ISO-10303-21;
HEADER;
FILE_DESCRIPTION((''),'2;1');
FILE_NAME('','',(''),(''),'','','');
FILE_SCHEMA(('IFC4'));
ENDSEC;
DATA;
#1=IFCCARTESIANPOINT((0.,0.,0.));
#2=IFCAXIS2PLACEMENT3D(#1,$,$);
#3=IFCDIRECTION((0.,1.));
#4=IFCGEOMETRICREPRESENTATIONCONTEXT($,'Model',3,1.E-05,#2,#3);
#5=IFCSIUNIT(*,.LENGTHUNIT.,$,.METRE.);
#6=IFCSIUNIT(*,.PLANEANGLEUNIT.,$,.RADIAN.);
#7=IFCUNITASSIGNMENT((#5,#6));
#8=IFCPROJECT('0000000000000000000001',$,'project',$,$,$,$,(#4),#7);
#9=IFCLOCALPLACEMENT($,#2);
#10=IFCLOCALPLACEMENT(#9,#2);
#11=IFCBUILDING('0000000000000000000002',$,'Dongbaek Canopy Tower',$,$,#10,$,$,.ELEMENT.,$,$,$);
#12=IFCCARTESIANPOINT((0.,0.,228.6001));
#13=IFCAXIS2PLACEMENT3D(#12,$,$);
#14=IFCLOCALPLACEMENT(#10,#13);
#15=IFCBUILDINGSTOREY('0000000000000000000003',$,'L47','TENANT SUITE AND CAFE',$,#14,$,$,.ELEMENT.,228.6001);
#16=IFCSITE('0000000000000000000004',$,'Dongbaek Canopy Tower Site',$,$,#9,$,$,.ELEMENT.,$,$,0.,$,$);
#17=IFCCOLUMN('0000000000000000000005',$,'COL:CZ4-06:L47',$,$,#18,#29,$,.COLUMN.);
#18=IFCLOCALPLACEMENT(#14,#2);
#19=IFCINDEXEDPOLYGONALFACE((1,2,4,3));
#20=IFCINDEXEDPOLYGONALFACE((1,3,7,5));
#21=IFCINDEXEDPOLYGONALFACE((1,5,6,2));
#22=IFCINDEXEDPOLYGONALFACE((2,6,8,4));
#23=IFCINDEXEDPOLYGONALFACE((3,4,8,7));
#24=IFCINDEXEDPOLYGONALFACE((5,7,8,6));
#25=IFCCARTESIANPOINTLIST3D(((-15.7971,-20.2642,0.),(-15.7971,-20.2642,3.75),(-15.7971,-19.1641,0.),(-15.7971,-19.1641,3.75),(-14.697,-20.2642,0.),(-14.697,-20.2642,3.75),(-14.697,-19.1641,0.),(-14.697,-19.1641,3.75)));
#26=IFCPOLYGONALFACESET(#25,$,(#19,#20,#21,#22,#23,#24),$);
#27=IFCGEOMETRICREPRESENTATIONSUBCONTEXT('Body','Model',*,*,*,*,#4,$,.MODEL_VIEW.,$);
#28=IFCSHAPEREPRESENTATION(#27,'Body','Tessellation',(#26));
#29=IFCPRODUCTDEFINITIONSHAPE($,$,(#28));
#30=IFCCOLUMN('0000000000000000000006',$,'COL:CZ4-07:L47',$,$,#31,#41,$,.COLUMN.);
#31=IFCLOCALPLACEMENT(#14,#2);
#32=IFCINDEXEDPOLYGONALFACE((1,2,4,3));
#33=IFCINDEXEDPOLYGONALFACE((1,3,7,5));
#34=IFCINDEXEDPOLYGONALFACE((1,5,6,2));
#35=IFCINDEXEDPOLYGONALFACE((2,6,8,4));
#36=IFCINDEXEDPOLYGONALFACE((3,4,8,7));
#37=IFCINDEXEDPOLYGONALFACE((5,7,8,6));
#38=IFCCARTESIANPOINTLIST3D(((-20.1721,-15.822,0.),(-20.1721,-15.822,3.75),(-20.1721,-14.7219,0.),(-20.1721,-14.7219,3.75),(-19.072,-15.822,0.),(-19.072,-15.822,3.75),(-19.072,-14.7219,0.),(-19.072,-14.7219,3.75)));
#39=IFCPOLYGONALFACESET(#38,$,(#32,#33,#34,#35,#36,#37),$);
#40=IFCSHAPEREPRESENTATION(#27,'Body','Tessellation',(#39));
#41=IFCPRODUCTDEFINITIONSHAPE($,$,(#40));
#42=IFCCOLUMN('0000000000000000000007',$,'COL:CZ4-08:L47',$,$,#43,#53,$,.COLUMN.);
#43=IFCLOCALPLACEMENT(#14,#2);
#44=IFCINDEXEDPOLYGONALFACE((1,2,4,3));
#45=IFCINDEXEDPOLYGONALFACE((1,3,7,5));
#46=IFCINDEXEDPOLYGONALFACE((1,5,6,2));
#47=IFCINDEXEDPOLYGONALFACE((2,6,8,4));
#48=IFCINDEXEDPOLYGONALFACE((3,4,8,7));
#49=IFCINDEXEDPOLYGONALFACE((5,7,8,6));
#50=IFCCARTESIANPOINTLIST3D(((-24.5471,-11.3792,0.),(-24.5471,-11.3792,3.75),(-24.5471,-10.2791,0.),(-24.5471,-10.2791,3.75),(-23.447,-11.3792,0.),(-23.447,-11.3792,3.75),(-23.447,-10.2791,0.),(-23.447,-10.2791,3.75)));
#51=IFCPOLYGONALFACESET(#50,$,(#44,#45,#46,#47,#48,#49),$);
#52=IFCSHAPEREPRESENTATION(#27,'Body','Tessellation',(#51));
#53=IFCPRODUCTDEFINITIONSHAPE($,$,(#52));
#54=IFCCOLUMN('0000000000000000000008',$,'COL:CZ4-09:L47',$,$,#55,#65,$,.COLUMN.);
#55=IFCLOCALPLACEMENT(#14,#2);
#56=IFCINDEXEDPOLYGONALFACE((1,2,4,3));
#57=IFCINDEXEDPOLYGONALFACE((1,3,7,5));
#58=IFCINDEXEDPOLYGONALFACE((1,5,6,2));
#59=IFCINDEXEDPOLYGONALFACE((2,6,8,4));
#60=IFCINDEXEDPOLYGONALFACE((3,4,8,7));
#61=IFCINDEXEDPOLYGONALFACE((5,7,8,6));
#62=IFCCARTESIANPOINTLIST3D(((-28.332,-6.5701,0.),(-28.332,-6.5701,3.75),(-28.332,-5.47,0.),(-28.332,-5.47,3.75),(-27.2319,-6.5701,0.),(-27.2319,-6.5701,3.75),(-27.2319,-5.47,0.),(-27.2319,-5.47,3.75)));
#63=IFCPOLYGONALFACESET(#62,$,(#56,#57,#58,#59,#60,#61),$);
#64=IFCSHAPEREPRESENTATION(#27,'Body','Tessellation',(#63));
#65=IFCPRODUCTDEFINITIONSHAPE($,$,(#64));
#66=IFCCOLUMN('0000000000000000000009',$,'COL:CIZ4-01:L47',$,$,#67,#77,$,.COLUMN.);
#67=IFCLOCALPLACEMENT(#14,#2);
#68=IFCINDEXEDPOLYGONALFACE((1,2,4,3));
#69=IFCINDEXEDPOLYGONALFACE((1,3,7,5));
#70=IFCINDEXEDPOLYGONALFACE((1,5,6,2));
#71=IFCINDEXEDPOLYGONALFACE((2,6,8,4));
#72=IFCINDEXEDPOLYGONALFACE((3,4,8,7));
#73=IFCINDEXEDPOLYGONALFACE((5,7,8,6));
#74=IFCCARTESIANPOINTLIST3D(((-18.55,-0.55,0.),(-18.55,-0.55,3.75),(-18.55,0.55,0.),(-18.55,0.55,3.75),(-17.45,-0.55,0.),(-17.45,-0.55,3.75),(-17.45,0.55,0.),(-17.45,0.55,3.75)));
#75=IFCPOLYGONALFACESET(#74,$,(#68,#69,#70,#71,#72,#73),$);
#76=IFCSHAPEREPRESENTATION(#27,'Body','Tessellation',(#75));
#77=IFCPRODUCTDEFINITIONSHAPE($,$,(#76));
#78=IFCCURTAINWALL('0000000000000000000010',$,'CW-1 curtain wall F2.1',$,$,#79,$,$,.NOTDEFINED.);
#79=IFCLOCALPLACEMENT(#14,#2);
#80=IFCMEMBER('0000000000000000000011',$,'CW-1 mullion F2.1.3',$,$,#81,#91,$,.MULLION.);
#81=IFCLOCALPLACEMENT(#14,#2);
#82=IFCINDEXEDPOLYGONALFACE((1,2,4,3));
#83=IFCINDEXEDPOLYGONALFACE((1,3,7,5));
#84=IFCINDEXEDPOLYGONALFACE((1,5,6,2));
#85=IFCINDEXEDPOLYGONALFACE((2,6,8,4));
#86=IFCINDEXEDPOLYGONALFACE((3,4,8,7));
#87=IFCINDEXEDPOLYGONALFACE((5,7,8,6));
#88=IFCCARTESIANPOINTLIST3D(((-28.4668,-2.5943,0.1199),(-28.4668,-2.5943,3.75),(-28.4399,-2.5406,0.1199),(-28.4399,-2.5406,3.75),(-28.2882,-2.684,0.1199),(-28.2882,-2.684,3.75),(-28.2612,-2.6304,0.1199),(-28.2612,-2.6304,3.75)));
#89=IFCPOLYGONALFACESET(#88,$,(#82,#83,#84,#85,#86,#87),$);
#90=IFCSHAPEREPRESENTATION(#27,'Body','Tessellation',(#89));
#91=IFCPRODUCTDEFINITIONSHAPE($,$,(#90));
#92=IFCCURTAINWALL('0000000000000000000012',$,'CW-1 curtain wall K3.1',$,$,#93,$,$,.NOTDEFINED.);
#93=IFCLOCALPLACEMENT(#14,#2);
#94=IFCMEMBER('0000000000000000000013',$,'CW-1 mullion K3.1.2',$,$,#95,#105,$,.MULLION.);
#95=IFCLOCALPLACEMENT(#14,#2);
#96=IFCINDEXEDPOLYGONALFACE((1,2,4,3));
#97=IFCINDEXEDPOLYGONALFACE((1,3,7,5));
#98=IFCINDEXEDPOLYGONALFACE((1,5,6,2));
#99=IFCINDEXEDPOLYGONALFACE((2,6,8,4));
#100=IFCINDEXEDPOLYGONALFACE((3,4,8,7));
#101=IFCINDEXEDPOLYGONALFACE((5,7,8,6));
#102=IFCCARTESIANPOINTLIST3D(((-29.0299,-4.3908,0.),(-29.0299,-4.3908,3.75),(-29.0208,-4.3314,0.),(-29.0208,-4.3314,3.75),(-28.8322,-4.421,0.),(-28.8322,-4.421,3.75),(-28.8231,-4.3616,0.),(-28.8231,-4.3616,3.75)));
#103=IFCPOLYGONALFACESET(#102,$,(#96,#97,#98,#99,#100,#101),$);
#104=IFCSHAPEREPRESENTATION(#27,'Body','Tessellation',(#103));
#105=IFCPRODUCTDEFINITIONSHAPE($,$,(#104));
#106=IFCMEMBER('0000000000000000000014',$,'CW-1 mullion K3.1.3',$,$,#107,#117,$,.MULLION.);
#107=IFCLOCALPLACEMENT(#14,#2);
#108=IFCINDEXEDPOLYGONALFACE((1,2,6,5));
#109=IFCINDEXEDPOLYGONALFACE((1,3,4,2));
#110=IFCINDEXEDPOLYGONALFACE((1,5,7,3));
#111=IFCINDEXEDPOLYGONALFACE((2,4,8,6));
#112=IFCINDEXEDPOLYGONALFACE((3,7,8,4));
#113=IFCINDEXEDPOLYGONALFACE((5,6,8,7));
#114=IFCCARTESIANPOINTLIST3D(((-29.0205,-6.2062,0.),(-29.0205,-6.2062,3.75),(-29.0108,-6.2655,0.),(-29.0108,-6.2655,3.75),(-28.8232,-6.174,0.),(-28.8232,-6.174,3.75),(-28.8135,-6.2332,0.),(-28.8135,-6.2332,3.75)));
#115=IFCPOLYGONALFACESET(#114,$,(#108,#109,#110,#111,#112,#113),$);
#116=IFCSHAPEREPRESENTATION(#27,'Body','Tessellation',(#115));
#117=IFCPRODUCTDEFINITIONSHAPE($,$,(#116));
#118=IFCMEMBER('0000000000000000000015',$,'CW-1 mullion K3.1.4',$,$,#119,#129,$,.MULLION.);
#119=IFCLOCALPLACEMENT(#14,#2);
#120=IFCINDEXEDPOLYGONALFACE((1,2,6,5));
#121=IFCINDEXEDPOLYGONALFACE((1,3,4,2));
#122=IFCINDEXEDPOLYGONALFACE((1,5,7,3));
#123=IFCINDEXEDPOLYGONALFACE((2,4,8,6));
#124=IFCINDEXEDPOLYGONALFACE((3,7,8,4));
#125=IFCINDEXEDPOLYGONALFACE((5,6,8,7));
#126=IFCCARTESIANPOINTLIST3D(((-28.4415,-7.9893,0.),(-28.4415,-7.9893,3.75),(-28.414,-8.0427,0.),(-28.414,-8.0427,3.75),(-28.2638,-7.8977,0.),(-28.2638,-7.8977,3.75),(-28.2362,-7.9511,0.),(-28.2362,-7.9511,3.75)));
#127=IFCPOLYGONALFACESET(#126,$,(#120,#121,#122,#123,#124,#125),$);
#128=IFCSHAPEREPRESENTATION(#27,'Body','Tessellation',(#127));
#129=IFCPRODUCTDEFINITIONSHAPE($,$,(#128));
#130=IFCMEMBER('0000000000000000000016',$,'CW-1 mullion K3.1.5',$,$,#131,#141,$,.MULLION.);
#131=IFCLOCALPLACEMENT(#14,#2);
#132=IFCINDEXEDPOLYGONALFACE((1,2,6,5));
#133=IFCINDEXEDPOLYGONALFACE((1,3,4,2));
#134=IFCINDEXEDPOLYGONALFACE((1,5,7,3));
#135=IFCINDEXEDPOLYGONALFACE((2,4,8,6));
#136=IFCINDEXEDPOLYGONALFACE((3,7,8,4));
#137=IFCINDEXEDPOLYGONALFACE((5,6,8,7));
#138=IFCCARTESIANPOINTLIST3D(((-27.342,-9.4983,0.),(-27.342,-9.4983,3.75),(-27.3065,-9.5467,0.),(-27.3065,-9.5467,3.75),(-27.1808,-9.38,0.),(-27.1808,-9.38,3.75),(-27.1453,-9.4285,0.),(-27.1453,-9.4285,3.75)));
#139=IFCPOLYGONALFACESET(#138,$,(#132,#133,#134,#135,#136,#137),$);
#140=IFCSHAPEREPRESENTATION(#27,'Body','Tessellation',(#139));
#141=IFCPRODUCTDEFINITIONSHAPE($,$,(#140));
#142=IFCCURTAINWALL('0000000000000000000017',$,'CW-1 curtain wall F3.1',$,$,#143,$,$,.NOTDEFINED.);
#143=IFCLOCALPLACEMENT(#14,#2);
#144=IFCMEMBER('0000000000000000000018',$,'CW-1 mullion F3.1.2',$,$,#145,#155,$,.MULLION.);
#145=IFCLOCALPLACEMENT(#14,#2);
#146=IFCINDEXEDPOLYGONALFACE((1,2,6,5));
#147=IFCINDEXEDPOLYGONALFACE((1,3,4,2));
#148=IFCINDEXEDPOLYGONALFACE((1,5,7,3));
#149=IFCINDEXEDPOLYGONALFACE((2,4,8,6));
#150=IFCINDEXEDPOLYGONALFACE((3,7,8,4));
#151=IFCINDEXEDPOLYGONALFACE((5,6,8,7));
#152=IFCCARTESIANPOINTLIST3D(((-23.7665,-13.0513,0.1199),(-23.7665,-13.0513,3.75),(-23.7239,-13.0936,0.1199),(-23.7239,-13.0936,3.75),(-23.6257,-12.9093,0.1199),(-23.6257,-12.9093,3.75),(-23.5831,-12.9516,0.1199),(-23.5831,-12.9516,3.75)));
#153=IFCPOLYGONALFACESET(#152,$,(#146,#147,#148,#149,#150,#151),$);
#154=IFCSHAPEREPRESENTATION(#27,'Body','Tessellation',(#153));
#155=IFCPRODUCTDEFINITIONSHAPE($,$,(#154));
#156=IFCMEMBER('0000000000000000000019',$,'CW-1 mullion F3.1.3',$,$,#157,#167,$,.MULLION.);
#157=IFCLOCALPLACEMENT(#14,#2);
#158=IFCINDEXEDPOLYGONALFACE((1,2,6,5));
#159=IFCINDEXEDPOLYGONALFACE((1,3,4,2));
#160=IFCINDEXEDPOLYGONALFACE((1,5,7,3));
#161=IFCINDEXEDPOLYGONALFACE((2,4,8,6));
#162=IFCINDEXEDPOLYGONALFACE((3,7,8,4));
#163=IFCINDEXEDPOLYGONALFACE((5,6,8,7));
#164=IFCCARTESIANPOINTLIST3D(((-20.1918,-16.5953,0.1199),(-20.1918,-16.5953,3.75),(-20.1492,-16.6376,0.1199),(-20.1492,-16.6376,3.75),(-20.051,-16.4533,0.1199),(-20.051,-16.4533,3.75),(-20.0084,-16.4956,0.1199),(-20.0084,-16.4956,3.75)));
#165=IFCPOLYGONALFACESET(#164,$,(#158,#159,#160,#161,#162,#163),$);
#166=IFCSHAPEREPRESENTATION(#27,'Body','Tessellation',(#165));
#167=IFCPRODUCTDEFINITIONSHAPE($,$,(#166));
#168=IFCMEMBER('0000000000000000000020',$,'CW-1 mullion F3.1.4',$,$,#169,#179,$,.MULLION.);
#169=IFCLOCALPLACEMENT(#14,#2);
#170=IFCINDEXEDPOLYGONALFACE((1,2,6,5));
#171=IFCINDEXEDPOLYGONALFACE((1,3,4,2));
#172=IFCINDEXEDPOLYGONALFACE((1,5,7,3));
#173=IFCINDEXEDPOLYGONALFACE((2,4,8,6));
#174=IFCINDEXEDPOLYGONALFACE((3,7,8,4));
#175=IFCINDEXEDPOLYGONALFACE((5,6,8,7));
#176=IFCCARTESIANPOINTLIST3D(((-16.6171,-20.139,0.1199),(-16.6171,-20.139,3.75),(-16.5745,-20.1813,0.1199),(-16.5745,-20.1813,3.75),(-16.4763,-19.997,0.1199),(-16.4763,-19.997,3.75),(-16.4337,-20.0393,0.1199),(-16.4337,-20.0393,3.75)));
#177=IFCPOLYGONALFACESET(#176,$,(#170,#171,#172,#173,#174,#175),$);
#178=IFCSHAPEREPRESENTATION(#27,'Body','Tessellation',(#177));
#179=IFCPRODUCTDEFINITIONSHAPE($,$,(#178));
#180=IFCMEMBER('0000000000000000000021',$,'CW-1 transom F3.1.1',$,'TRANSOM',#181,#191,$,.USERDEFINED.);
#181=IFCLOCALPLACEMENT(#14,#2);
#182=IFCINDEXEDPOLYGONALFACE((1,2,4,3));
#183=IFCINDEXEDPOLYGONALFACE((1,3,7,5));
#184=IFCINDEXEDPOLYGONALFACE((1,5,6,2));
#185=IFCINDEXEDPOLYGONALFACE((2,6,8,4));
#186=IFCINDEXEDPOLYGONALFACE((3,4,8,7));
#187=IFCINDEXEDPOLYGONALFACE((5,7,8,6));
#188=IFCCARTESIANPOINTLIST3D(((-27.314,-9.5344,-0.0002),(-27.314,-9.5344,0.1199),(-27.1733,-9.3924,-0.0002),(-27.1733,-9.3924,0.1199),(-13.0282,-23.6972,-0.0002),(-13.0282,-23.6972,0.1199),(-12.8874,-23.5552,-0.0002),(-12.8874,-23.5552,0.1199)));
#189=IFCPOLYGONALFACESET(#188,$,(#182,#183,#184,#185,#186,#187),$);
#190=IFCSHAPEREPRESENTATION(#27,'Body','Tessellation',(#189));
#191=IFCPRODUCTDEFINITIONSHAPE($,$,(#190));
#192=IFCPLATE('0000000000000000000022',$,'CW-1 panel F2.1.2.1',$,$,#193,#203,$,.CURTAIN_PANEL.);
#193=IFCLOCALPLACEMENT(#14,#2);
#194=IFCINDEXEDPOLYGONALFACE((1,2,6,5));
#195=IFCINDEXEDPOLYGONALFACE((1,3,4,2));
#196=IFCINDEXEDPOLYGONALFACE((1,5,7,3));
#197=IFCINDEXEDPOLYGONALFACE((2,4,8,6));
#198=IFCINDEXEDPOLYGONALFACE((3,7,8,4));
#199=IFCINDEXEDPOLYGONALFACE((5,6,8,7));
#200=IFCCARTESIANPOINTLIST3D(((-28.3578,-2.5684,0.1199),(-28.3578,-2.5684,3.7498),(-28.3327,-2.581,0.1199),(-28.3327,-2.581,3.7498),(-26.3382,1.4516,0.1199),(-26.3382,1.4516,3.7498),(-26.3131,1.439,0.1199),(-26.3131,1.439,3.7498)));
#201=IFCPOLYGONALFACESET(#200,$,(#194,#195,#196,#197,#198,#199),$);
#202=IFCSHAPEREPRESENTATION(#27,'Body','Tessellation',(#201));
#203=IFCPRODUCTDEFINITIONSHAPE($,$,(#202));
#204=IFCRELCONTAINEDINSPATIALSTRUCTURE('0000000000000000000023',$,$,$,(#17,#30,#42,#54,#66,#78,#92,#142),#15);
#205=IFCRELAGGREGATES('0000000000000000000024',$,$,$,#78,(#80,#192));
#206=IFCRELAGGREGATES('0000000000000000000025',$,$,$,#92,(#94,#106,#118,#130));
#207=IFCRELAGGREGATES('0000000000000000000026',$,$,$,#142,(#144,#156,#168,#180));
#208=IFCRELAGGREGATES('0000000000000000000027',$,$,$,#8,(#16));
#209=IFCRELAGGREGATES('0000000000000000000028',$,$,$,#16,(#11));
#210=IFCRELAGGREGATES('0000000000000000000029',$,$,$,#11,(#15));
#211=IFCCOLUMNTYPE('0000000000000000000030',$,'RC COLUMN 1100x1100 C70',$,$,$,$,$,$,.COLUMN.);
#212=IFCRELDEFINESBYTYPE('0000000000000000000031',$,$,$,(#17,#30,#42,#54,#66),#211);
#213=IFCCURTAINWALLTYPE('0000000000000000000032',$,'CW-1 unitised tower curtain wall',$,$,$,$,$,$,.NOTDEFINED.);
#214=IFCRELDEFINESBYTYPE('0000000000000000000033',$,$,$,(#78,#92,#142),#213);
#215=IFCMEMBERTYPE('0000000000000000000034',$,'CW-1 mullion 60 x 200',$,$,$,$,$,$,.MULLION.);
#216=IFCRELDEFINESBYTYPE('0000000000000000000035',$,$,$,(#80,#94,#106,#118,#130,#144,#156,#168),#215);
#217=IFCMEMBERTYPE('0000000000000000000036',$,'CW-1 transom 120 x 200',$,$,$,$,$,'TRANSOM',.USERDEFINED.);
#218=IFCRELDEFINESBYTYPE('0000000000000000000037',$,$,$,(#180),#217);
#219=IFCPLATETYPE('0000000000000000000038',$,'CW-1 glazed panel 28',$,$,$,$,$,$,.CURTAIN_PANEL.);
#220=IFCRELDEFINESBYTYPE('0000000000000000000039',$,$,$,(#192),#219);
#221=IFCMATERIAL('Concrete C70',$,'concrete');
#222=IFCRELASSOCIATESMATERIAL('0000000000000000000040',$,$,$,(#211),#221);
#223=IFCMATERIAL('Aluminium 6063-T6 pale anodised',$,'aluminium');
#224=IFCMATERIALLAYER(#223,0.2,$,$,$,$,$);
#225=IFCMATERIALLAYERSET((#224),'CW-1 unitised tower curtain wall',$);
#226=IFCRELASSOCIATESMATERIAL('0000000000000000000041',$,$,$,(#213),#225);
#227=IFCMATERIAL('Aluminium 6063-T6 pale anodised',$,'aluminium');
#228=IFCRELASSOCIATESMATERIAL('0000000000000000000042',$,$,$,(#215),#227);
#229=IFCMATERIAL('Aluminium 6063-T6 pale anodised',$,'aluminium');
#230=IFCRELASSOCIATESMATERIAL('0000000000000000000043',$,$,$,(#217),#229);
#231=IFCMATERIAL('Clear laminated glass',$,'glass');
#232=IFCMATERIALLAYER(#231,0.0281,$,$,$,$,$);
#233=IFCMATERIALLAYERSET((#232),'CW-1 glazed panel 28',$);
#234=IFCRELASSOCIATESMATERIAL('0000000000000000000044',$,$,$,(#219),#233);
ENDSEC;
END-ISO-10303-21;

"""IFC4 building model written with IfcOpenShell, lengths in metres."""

from ifc_helpers import new_model, si_unit, direction, frame, origin, origin_2d, place, context, subcontext, project, spatial, rectangle, extrude, material, layer, layer_set, material_profile, profile_set, type_object, element, aggregate, save


model = new_model("IFC4")

# Units and contexts
model_context = context("Model", 3, precision=1e-05, world=origin(), true_north=direction((0.0, 1.0)))
body_context = subcontext(model_context, "Body", "Model", "MODEL_VIEW")
ifc_project = project(units=[si_unit("LENGTHUNIT", "METRE"), si_unit("PLANEANGLEUNIT", "RADIAN")], contexts=[model_context])

# Site, building, storey
site_placement = place(None, origin())
site = spatial("IfcSite", under=ifc_project, at=site_placement, Name="Dongbaek Canopy Tower Site", CompositionType="ELEMENT", RefElevation=0.0)
building_placement = place(site_placement, origin())
building = spatial("IfcBuilding", under=site, at=building_placement, Name="Dongbaek Canopy Tower", CompositionType="ELEMENT")
storey_placement = place(building_placement, frame((0.0, 0.0, 228.6001)))
storey = spatial("IfcBuildingStorey", under=building, at=storey_placement, Name="L47", Description="TENANT SUITE AND CAFE", CompositionType="ELEMENT", Elevation=228.6001)

# Columns
ifc_material_1 = material(Name="Concrete C70", Category="concrete")
ifc_material_profile_1 = material_profile(ifc_material_1, rectangle(XDim=1.1001, YDim=1.1001, at=origin_2d()), Name="RC COLUMN 1100x1100 C70")
ifc_profile_set_1 = profile_set([ifc_material_profile_1], Name="Concrete C70")
column_type = type_object("IfcColumnType", Name="RC COLUMN 1100x1100 C70", PredefinedType="COLUMN", material=ifc_profile_set_1)
for number, where, z_axis, x_axis, name in (
    (1, (-15.2471, -19.7141, 0.0), (0.0, 0.0, 1.0), (1.0, 0.0, 0.0), "COL:CZ4-06:L47"),
    (2, (-19.6221, -15.272, 0.0), (0.0, 0.0, 1.0), (1.0, 0.0, 0.0), "COL:CZ4-07:L47"),
    (3, (-23.9971, -10.8291, 0.0), (0.0, 0.0, 1.0), (1.0, 0.0, 0.0), "COL:CZ4-08:L47"),
    (4, (-27.782, -6.02, 0.0), (0.0, 0.0, 1.0), (1.0, 0.0, 0.0), "COL:CZ4-09:L47"),
    (5, (-18.0, 0.0, 0.0), (0.0, 0.0, 1.0), (1.0, 0.0, 0.0), "COL:CIZ4-01:L47"),
):
    element("IfcColumn", number, at=place(storey_placement, frame(where, z_axis=z_axis, x_axis=x_axis)), inside=storey, type_object=column_type, Name=name, PredefinedType="COLUMN", context=body_context, shape_type="SweptSolid", body=[
        extrude(rectangle(XDim=1.1001, YDim=1.1001, at=origin_2d()), origin(), (0.0, 0.0, 1.0), 3.75),
    ])

# Curtain wall, member
ifc_material_2 = material(Name="Aluminium 6063-T6 pale anodised", Category="aluminium")
ifc_layer_1 = layer(ifc_material_2, 0.2)
ifc_layer_set_1 = layer_set([ifc_layer_1], Name="CW-1 unitised tower curtain wall")
curtain_wall_type = type_object("IfcCurtainWallType", Name="CW-1 unitised tower curtain wall", PredefinedType="NOTDEFINED", material=ifc_layer_set_1)
curtain_wall_1_placement = place(storey_placement, origin())
curtain_wall_1 = element("IfcCurtainWall", 6, at=curtain_wall_1_placement, inside=storey, type_object=curtain_wall_type, Name="CW-1 curtain wall F2.1", PredefinedType="NOTDEFINED")
ifc_material_3 = material(Name="Aluminium 6063-T6 pale anodised", Category="aluminium")
ifc_material_profile_2 = material_profile(ifc_material_3, rectangle(XDim=0.2, YDim=0.0601, at=origin_2d()), Name="CW-1 mullion 60 x 200")
ifc_profile_set_2 = profile_set([ifc_material_profile_2], Name="Aluminium 6063-T6 pale anodised")
member_type_1 = type_object("IfcMemberType", Name="CW-1 mullion 60 x 200", PredefinedType="MULLION", material=ifc_profile_set_2)
member_1_placement = place(storey_placement, frame((-28.364, -2.6123, 0.1199), z_axis=(0.0, 0.0, 1.0), x_axis=(-0.893577, 0.448909, 0.0)))
member_1 = element("IfcMember", 7, at=member_1_placement, type_object=member_type_1, Name="CW-1 mullion F2.1.3", PredefinedType="MULLION", context=body_context, shape_type="SweptSolid", body=[
    extrude(rectangle(XDim=0.2, YDim=0.0601, at=origin_2d()), origin(), (0.0, 0.0, 1.0), 3.6301),
])

# Curtain walls, members
curtain_wall_2_placement = place(storey_placement, origin())
curtain_wall_2 = element("IfcCurtainWall", 8, at=curtain_wall_2_placement, inside=storey, type_object=curtain_wall_type, Name="CW-1 curtain wall K3.1", PredefinedType="NOTDEFINED")
member_2_placement = place(storey_placement, frame((-28.9265, -4.3762, 0.0), z_axis=(0.0, 0.0, 1.0), x_axis=(-0.988512, 0.151144, 0.0)))
member_2 = element("IfcMember", 9, at=member_2_placement, type_object=member_type_1, Name="CW-1 mullion K3.1.2", PredefinedType="MULLION", context=body_context, shape_type="SweptSolid", body=[
    extrude(rectangle(XDim=0.2, YDim=0.0601, at=origin_2d()), origin(), (0.0, 0.0, 1.0), 3.75),
])
member_3_placement = place(storey_placement, frame((-28.917, -6.2197, 0.0), z_axis=(0.0, 0.0, 1.0), x_axis=(-0.986892, -0.161383, 0.0)))
member_3 = element("IfcMember", 10, at=member_3_placement, type_object=member_type_1, Name="CW-1 mullion K3.1.3", PredefinedType="MULLION", context=body_context, shape_type="SweptSolid", body=[
    extrude(rectangle(XDim=0.2, YDim=0.0601, at=origin_2d()), origin(), (0.0, 0.0, 1.0), 3.75),
])
member_4_placement = place(storey_placement, frame((-28.3389, -7.9702, 0.0), z_axis=(0.0, 0.0, 1.0), x_axis=(-0.888876, -0.458148, 0.0)))
member_4 = element("IfcMember", 11, at=member_4_placement, type_object=member_type_1, Name="CW-1 mullion K3.1.4", PredefinedType="MULLION", context=body_context, shape_type="SweptSolid", body=[
    extrude(rectangle(XDim=0.2, YDim=0.0601, at=origin_2d()), origin(), (0.0, 0.0, 1.0), 3.75),
])
member_5_placement = place(storey_placement, frame((-27.2437, -9.4634, 0.0), z_axis=(0.0, 0.0, 1.0), x_axis=(-0.806363, -0.591421, 0.0)))
member_5 = element("IfcMember", 12, at=member_5_placement, type_object=member_type_1, Name="CW-1 mullion K3.1.5", PredefinedType="MULLION", context=body_context, shape_type="SweptSolid", body=[
    extrude(rectangle(XDim=0.2, YDim=0.0601, at=origin_2d()), origin(), (0.0, 0.0, 1.0), 3.75),
])
curtain_wall_3_placement = place(storey_placement, origin())
curtain_wall_3 = element("IfcCurtainWall", 13, at=curtain_wall_3_placement, inside=storey, type_object=curtain_wall_type, Name="CW-1 curtain wall F3.1", PredefinedType="NOTDEFINED")
member_6_placement = place(storey_placement, frame((-23.6748, -13.0015, 0.1199), z_axis=(0.0, 0.0, 1.0), x_axis=(-0.704038, -0.710162, 0.0)))
member_6 = element("IfcMember", 14, at=member_6_placement, type_object=member_type_1, Name="CW-1 mullion F3.1.2", PredefinedType="MULLION", context=body_context, shape_type="SweptSolid", body=[
    extrude(rectangle(XDim=0.2, YDim=0.0601, at=origin_2d()), origin(), (0.0, 0.0, 1.0), 3.6301),
])
member_7_placement = place(storey_placement, frame((-20.1001, -16.5454, 0.1199), z_axis=(0.0, 0.0, 1.0), x_axis=(-0.704038, -0.710162, 0.0)))
member_7 = element("IfcMember", 15, at=member_7_placement, type_object=member_type_1, Name="CW-1 mullion F3.1.3", PredefinedType="MULLION", context=body_context, shape_type="SweptSolid", body=[
    extrude(rectangle(XDim=0.2, YDim=0.0601, at=origin_2d()), origin(), (0.0, 0.0, 1.0), 3.6301),
])
member_8_placement = place(storey_placement, frame((-16.5254, -20.0891, 0.1199), z_axis=(0.0, 0.0, 1.0), x_axis=(-0.704038, -0.710162, 0.0)))
member_8 = element("IfcMember", 16, at=member_8_placement, type_object=member_type_1, Name="CW-1 mullion F3.1.4", PredefinedType="MULLION", context=body_context, shape_type="SweptSolid", body=[
    extrude(rectangle(XDim=0.2, YDim=0.0601, at=origin_2d()), origin(), (0.0, 0.0, 1.0), 3.6301),
])
ifc_material_4 = material(Name="Aluminium 6063-T6 pale anodised", Category="aluminium")
ifc_material_profile_3 = material_profile(ifc_material_4, rectangle(XDim=0.2, YDim=0.1201, at=origin_2d()), Name="CW-1 transom 120 x 200")
ifc_profile_set_3 = profile_set([ifc_material_profile_3], Name="Aluminium 6063-T6 pale anodised")
member_type_2 = type_object("IfcMemberType", Name="CW-1 transom 120 x 200", ElementType="TRANSOM", PredefinedType="USERDEFINED", material=ifc_profile_set_3)
member_9_placement = place(storey_placement, frame((-27.2437, -9.4634, 0.0598), z_axis=(0.710159, -0.704042, 0.0), x_axis=(0.704042, 0.710159, 0.0)))
member_9 = element("IfcMember", 17, at=member_9_placement, type_object=member_type_2, Name="CW-1 transom F3.1.1", ObjectType="TRANSOM", PredefinedType="USERDEFINED", context=body_context, shape_type="SweptSolid", body=[
    extrude(rectangle(XDim=0.2, YDim=0.1201, at=origin_2d()), origin(), (0.0, 0.0, 1.0), 20.1165),
])

# Plate
ifc_material_5 = material(Name="Clear laminated glass", Category="glass")
ifc_layer_2 = layer(ifc_material_5, 0.0281)
ifc_layer_set_2 = layer_set([ifc_layer_2], Name="CW-1 glazed panel 28")
plate_type = type_object("IfcPlateType", Name="CW-1 glazed panel 28", PredefinedType="CURTAIN_PANEL", material=ifc_layer_set_2)
plate_1_placement = place(storey_placement, frame((-27.3354, -0.5647, 0.1199), z_axis=(0.0, 0.0, 1.0), x_axis=(-0.448909, -0.893577, 0.0)))
plate_1 = element("IfcPlate", 18, at=plate_1_placement, type_object=plate_type, Name="CW-1 panel F2.1.2.1", PredefinedType="CURTAIN_PANEL", context=body_context, shape_type="SweptSolid", body=[
    extrude(rectangle(XDim=4.4988, YDim=0.0281, at=origin_2d()), origin(), (0.0, 0.0, 1.0), 3.6299),
])

aggregate(curtain_wall_1, [member_1, plate_1])
aggregate(curtain_wall_2, [member_2, member_3, member_4, member_5])
aggregate(curtain_wall_3, [member_6, member_7, member_8, member_9])

save(model, "model.ifc")
